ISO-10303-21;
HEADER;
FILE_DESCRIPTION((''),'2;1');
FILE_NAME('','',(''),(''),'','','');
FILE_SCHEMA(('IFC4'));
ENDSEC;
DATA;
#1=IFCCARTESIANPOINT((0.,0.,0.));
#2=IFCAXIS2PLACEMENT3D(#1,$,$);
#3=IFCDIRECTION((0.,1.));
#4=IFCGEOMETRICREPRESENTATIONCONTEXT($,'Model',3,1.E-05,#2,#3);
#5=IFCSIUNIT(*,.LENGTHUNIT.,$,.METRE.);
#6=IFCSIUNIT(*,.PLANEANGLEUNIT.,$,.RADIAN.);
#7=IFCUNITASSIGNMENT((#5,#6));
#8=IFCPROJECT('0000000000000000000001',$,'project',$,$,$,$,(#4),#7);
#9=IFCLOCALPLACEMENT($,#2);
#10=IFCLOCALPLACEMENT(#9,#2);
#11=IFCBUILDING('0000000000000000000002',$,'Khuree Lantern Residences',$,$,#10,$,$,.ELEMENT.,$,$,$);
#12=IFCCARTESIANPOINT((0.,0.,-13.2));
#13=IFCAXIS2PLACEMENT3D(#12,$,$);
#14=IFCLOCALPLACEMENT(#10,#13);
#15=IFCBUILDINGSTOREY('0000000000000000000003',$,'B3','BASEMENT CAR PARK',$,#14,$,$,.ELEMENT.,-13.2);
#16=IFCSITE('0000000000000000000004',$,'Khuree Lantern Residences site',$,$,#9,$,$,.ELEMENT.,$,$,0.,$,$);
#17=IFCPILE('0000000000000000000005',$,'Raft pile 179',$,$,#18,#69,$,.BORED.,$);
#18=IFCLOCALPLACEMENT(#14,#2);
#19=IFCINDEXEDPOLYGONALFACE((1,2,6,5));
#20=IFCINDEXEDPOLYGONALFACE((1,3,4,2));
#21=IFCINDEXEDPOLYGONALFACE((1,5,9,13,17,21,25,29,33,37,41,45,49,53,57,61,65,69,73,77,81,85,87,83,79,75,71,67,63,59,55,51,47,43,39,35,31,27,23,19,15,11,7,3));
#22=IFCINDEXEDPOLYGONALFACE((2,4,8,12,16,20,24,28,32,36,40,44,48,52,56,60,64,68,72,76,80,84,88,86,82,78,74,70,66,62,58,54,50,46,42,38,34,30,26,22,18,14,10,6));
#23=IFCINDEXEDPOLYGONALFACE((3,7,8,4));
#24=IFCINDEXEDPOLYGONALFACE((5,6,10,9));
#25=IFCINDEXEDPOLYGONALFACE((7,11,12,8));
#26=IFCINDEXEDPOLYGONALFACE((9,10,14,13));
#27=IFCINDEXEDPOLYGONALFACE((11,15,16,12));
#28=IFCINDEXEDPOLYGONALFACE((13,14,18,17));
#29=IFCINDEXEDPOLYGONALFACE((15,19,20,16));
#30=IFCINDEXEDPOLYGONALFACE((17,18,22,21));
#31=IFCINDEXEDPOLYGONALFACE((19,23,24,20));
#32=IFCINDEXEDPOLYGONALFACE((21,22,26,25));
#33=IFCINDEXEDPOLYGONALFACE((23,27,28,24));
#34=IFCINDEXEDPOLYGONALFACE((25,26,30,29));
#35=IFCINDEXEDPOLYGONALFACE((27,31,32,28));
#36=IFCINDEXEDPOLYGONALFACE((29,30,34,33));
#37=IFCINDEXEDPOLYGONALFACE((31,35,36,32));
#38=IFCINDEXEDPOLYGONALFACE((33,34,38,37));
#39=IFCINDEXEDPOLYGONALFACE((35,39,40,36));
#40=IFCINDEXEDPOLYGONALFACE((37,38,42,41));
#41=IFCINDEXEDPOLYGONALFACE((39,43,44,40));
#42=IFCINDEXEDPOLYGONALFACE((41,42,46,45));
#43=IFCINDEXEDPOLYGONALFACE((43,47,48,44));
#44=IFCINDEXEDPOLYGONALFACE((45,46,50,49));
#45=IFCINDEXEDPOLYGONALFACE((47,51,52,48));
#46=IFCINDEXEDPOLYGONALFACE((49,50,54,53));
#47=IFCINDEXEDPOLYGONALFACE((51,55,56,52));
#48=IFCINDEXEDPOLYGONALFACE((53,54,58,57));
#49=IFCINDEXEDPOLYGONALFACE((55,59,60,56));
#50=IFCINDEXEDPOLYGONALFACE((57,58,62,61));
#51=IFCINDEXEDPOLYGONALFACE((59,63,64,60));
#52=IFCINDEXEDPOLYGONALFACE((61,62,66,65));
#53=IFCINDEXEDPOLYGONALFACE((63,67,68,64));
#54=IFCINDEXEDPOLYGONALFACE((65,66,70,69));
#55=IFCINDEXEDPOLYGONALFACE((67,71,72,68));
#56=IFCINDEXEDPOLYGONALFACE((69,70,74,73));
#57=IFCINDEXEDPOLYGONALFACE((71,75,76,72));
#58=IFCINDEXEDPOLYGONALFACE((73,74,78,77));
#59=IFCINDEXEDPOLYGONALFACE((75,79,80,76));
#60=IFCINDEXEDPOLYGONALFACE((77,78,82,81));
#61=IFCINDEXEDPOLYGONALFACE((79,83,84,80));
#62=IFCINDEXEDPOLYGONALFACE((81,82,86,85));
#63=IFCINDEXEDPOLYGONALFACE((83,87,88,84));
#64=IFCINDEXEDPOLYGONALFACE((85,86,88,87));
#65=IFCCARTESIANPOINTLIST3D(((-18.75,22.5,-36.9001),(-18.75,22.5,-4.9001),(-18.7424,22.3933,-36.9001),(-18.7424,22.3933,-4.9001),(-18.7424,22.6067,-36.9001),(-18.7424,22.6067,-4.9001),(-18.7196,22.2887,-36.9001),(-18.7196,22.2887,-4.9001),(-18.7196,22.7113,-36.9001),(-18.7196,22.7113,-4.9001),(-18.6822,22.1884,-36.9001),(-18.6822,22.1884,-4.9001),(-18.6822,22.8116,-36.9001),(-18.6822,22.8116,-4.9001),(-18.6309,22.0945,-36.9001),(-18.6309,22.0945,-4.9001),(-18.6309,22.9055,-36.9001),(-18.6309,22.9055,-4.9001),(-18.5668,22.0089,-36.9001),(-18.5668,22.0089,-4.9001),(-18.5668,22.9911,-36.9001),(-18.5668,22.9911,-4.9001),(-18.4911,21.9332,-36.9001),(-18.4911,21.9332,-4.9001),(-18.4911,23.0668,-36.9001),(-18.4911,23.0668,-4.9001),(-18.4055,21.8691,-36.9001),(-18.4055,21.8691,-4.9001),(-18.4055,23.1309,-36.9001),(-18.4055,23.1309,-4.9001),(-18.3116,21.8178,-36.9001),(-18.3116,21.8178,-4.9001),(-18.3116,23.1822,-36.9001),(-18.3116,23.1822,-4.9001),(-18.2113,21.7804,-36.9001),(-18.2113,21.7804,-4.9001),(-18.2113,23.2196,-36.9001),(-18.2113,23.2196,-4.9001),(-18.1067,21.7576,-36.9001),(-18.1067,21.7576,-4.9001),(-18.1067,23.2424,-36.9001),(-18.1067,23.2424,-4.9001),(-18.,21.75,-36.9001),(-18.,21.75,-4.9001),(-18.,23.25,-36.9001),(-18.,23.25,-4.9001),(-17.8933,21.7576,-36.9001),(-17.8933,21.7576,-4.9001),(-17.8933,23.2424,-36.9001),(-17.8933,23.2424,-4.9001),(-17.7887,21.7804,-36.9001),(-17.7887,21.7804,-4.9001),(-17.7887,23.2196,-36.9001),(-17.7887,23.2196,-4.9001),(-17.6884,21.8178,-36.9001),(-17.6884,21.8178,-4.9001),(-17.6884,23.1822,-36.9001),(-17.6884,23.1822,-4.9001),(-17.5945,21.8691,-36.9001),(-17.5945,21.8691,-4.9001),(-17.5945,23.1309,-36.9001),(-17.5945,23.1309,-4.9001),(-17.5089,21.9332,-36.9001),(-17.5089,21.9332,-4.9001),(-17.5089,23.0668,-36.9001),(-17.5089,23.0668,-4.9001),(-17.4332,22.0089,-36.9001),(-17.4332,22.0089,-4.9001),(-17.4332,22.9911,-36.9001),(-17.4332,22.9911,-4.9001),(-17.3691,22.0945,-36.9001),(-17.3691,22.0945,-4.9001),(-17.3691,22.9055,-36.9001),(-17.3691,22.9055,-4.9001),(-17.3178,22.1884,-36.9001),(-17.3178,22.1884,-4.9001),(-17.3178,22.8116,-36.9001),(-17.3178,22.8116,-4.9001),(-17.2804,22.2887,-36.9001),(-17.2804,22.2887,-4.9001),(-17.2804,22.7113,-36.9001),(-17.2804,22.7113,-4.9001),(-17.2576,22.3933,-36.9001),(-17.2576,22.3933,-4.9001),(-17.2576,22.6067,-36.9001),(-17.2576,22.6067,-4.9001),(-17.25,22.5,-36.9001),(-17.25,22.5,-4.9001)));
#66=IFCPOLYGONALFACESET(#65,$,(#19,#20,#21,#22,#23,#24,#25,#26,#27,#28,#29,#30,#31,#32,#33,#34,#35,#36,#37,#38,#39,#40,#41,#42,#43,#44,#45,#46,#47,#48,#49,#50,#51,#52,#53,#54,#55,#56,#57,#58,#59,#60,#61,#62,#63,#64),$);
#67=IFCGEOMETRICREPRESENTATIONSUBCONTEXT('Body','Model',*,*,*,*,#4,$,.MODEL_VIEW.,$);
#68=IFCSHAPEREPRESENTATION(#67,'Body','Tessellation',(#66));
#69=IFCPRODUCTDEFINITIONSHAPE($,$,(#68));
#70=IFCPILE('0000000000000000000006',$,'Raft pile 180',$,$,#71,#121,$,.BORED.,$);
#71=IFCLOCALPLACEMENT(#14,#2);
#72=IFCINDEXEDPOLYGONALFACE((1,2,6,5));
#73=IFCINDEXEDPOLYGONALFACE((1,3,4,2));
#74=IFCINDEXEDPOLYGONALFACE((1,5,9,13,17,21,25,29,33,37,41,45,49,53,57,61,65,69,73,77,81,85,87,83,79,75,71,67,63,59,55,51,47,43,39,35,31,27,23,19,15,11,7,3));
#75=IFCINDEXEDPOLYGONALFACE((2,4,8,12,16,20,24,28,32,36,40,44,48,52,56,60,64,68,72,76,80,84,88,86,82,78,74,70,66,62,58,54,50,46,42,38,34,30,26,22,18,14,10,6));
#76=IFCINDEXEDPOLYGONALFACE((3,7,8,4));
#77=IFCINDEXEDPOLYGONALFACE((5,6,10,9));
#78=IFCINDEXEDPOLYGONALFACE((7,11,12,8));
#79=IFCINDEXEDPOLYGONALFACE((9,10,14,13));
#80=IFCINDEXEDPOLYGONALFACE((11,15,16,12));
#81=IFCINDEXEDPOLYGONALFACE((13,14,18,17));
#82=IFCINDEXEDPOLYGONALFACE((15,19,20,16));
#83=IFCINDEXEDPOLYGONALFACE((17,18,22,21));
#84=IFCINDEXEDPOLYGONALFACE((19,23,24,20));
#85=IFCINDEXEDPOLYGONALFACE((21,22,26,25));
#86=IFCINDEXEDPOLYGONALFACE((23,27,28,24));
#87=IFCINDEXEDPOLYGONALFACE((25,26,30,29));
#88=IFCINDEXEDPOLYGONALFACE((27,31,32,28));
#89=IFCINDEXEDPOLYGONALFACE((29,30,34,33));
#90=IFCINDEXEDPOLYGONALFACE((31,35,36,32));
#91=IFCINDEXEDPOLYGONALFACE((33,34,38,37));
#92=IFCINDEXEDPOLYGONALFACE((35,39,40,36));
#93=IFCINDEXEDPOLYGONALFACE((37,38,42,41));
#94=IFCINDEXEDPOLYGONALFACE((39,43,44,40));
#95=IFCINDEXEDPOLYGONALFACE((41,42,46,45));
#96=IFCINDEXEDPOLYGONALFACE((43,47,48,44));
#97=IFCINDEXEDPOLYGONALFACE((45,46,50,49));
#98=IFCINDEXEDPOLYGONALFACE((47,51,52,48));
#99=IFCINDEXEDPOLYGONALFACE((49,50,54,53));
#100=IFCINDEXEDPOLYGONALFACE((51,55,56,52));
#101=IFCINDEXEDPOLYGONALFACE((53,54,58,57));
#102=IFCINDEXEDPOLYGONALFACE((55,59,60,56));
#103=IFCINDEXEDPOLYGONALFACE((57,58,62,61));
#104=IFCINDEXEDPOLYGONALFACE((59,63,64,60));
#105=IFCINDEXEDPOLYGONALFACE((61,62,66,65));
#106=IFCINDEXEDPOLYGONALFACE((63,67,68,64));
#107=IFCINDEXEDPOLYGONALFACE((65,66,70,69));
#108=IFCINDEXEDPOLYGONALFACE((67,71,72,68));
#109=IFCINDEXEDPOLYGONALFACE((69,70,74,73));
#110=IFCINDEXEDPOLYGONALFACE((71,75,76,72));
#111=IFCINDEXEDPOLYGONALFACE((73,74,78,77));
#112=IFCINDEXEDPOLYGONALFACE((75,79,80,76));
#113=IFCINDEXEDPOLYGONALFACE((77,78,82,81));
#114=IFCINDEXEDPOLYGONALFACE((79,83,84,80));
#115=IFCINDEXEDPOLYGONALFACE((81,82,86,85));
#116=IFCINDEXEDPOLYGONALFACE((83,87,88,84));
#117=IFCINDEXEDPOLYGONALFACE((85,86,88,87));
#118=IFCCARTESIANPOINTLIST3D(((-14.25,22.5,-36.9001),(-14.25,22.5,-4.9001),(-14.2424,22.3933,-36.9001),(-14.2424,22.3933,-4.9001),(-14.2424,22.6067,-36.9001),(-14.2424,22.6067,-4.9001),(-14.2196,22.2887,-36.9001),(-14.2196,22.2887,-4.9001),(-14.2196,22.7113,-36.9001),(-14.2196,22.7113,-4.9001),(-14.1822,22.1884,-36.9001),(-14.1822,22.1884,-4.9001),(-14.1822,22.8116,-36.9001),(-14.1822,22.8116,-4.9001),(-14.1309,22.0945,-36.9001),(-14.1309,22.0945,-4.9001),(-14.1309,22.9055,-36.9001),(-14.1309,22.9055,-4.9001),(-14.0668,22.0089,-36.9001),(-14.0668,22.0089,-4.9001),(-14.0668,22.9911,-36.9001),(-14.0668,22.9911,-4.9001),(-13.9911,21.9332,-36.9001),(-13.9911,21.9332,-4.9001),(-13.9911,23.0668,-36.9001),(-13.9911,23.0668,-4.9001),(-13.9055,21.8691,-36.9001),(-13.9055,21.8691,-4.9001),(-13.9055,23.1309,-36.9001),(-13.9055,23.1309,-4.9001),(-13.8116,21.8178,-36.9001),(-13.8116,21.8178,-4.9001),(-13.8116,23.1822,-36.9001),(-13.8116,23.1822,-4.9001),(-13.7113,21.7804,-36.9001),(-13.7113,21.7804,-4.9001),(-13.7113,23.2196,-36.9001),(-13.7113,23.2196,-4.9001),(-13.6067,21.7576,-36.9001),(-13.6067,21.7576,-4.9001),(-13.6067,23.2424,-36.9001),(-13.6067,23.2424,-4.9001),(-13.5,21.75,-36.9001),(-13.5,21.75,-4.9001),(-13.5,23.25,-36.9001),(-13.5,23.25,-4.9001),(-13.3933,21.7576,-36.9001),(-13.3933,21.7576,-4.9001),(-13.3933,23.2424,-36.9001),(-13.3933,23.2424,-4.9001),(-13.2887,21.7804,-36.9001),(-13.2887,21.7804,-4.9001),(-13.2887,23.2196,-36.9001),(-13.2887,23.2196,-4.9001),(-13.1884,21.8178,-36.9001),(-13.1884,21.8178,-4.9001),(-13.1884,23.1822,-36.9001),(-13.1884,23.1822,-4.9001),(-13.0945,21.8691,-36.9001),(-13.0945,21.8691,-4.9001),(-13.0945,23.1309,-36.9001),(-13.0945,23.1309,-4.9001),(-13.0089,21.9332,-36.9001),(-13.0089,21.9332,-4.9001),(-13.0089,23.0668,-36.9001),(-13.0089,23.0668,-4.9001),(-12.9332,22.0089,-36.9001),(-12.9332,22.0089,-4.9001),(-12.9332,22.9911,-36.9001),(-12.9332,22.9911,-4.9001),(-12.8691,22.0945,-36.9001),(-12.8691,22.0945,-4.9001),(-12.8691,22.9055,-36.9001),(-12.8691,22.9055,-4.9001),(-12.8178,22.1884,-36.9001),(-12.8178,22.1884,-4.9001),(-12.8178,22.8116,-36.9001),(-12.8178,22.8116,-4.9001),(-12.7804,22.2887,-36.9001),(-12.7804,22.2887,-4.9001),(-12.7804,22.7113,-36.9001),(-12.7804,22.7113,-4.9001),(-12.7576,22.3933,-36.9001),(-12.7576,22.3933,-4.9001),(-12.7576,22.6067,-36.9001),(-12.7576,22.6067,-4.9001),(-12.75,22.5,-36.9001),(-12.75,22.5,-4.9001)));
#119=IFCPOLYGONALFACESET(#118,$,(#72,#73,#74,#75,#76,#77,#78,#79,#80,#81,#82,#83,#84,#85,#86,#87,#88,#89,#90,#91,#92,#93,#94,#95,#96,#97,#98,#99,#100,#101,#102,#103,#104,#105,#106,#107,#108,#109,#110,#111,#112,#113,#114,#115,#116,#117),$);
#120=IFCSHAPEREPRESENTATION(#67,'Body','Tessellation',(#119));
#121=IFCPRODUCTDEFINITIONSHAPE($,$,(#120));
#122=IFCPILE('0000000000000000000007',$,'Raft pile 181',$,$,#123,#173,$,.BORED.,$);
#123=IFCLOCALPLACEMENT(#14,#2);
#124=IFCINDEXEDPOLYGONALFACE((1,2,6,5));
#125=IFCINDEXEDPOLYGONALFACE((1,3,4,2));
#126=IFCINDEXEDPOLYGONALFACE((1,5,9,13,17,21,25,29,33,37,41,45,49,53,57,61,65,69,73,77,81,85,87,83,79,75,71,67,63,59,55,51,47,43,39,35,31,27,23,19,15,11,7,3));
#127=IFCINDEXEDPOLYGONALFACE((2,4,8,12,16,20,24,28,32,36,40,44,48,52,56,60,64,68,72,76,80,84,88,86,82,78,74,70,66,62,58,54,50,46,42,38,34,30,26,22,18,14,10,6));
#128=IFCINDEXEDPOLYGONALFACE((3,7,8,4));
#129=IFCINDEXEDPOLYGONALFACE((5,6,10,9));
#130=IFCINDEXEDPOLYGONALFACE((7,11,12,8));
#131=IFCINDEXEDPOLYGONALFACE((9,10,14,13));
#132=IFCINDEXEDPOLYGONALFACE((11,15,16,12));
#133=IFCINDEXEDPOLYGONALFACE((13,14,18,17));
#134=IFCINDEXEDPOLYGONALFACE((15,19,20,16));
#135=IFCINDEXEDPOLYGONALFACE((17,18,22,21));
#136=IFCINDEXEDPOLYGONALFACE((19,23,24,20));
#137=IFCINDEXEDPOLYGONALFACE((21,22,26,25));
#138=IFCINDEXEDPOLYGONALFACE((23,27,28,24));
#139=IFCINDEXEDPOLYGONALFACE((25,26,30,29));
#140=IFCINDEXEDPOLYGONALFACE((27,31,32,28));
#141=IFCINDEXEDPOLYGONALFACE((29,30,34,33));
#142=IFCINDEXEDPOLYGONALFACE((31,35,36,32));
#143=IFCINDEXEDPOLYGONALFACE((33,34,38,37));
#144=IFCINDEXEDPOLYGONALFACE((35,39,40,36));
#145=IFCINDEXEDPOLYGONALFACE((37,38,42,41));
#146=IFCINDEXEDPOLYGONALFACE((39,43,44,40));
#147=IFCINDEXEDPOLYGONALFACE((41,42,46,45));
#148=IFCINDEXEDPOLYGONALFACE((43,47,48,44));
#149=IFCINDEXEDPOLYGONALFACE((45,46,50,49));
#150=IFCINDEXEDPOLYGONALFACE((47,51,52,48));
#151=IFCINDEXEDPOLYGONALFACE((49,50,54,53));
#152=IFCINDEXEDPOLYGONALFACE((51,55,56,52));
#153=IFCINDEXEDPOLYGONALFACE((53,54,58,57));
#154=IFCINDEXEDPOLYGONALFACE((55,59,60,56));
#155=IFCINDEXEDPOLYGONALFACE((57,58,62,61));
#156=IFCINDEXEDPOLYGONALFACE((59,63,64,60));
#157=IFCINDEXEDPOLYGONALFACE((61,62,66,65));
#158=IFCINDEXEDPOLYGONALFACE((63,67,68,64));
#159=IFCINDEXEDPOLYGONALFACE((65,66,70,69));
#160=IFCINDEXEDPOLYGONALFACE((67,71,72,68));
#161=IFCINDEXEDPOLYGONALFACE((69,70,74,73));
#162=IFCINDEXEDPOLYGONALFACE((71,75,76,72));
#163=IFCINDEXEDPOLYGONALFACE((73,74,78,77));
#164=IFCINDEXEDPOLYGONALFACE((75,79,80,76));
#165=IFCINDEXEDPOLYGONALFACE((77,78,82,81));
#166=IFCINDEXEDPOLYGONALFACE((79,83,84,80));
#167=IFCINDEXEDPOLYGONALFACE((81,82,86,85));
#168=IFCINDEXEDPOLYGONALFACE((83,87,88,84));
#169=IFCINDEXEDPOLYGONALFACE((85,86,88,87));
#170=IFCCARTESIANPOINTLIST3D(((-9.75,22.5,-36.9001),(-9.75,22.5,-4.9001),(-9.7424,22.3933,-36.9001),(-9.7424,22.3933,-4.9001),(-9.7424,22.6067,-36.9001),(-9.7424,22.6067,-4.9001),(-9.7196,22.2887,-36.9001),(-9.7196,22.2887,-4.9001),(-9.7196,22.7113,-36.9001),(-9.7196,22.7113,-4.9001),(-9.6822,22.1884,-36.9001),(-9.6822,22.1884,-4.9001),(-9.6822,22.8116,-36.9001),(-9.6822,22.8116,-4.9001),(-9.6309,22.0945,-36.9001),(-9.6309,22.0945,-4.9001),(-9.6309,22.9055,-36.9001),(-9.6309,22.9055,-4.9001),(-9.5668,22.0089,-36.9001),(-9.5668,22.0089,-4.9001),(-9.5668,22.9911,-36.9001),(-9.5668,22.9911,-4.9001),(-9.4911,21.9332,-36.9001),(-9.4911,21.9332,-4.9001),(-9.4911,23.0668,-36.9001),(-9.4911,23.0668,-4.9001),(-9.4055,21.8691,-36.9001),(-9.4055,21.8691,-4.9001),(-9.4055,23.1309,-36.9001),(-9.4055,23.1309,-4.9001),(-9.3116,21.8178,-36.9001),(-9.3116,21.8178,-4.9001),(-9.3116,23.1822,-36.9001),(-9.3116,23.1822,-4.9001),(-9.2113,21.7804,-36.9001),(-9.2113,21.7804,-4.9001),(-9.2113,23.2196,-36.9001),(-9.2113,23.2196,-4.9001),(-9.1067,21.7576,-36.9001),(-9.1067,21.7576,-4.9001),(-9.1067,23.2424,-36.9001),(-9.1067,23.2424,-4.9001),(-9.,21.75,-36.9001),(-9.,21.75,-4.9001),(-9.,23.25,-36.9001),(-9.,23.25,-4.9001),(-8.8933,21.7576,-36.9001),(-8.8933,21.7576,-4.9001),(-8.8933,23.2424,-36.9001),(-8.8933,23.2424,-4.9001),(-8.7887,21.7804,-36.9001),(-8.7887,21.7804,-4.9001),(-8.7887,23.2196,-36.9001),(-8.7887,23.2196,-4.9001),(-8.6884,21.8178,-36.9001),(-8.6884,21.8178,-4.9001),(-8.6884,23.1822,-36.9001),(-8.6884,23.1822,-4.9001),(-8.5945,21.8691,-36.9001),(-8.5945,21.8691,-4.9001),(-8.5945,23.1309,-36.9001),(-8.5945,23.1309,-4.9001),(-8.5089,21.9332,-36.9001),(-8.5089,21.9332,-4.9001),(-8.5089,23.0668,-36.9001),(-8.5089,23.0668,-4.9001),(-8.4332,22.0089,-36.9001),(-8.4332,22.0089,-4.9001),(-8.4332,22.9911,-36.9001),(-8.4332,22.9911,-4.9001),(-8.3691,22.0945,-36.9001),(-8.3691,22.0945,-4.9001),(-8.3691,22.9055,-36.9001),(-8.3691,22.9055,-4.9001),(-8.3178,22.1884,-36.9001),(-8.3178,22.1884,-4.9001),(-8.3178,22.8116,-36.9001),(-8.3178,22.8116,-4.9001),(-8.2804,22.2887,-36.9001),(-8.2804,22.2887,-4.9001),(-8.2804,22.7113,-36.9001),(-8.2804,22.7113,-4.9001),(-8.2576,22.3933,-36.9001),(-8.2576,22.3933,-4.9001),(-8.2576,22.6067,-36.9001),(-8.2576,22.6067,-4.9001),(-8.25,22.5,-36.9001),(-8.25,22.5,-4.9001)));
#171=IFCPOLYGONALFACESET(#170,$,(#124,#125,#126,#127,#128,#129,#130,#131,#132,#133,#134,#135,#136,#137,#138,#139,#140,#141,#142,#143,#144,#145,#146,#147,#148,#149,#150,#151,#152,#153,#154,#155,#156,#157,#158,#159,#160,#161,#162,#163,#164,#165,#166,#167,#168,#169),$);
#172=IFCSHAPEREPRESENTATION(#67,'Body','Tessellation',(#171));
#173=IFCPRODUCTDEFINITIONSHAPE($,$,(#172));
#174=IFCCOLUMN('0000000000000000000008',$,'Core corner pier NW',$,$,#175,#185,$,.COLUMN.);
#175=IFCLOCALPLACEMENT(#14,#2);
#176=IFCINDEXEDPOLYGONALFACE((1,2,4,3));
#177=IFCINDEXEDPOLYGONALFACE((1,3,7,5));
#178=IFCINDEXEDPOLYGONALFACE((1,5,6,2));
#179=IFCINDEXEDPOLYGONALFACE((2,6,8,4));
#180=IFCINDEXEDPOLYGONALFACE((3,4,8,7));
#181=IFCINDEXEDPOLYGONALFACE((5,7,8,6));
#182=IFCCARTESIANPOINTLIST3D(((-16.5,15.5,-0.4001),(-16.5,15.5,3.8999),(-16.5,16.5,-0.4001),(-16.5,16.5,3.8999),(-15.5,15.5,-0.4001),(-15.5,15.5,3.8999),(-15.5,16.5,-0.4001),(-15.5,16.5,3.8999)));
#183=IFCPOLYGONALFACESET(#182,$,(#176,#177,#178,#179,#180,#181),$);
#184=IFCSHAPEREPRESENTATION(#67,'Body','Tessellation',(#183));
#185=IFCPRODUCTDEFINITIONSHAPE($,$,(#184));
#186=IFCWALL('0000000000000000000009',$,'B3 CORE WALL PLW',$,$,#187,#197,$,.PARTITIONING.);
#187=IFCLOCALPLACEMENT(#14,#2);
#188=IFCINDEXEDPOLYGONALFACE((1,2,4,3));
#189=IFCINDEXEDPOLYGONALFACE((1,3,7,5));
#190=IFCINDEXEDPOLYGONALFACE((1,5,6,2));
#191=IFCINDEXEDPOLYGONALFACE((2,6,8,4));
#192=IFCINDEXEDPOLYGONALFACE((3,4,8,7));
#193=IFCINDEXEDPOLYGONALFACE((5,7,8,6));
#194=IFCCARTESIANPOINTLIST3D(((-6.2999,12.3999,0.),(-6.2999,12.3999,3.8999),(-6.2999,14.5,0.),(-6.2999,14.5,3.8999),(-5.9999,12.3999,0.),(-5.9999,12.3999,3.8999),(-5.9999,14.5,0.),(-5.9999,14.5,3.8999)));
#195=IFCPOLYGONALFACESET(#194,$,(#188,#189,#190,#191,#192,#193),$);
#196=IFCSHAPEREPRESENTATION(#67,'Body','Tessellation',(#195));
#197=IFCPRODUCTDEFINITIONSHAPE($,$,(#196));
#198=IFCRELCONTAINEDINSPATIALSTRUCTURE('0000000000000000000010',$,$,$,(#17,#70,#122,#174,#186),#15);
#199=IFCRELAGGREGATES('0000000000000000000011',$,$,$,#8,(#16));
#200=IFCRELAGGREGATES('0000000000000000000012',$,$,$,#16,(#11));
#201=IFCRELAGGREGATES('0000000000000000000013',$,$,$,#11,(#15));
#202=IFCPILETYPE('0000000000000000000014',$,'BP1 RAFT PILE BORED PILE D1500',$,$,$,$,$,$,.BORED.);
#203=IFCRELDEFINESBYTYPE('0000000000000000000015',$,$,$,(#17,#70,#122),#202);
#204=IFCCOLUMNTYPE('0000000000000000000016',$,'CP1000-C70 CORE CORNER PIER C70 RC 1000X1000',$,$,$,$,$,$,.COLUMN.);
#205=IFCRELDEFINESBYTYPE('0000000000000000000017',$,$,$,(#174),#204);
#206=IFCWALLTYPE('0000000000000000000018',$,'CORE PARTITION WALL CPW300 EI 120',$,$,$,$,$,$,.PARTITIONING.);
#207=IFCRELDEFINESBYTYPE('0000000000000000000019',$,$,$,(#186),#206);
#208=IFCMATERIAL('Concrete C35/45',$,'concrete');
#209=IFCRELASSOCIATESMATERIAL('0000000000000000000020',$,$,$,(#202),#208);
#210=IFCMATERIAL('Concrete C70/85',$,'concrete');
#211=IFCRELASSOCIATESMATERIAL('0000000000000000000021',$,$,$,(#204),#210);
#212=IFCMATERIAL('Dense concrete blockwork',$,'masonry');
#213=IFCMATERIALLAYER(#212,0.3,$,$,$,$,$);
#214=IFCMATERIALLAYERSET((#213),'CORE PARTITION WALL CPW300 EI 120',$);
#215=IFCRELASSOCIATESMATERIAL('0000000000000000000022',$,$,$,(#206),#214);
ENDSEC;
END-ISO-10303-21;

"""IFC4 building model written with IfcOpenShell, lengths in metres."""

from ifc_helpers import new_model, si_unit, direction, frame, frame_2d, origin, origin_2d, place, context, subcontext, project, spatial, rectangle, circle, extrude, material, layer, layer_set, material_profile, profile_set, type_object, element, save


model = new_model("IFC4")

# Units and contexts
model_context = context("Model", 3, precision=1e-05, world=origin(), true_north=direction((0.0, 1.0)))
body_context = subcontext(model_context, "Body", "Model", "MODEL_VIEW")
ifc_project = project(units=[si_unit("LENGTHUNIT", "METRE"), si_unit("PLANEANGLEUNIT", "RADIAN")], contexts=[model_context])

# Site, building, storey
site_placement = place(None, origin())
site = spatial("IfcSite", under=ifc_project, at=site_placement, Name="Khuree Lantern Residences site", CompositionType="ELEMENT", RefElevation=0.0)
building_placement = place(site_placement, origin())
building = spatial("IfcBuilding", under=site, at=building_placement, Name="Khuree Lantern Residences", CompositionType="ELEMENT")
storey_placement = place(building_placement, frame((0.0, 0.0, -13.2)))
storey = spatial("IfcBuildingStorey", under=building, at=storey_placement, Name="B3", Description="BASEMENT CAR PARK", CompositionType="ELEMENT", Elevation=-13.2)

# Piles
ifc_material_1 = material(Name="Concrete C35/45", Category="concrete")
ifc_material_profile_1 = material_profile(ifc_material_1, circle(Radius=0.75, at=origin_2d()), Name="BORED PILE D1500")
ifc_profile_set_1 = profile_set([ifc_material_profile_1], Name="Concrete C35/45")
pile_type = type_object("IfcPileType", Name="BP1 RAFT PILE BORED PILE D1500", PredefinedType="BORED", material=ifc_profile_set_1)
for number, where, z_axis, x_axis, name in (
    (1, (-18.0, 22.5, -4.9001), (0.0, 0.0, -1.0), (1.0, 0.0, 0.0), "Raft pile 179"),
    (2, (-13.5, 22.5, -4.9001), (0.0, 0.0, -1.0), (1.0, 0.0, 0.0), "Raft pile 180"),
    (3, (-9.0, 22.5, -4.9001), (0.0, 0.0, -1.0), (1.0, 0.0, 0.0), "Raft pile 181"),
):
    element("IfcPile", number, at=place(storey_placement, frame(where, z_axis=z_axis, x_axis=x_axis)), inside=storey, type_object=pile_type, Name=name, PredefinedType="BORED", context=body_context, shape_type="SweptSolid", body=[
        extrude(circle(Radius=0.75, at=origin_2d()), origin(), (0.0, 0.0, 1.0), 32.0),
    ])

# Column
ifc_material_2 = material(Name="Concrete C70/85", Category="concrete")
ifc_material_profile_2 = material_profile(ifc_material_2, rectangle(XDim=1.0, YDim=1.0, at=origin_2d()), Name="RC 1000X1000")
ifc_profile_set_2 = profile_set([ifc_material_profile_2], Name="Concrete C70/85")
column_type = type_object("IfcColumnType", Name="CP1000-C70 CORE CORNER PIER C70 RC 1000X1000", PredefinedType="COLUMN", material=ifc_profile_set_2)
column_placement = place(storey_placement, frame((-16.0, 16.0, -0.4001), z_axis=(0.0, 0.0, 1.0), x_axis=(1.0, 0.0, 0.0)))
element("IfcColumn", 4, at=column_placement, inside=storey, type_object=column_type, Name="Core corner pier NW", PredefinedType="COLUMN", context=body_context, shape_type="SweptSolid", body=[
    extrude(rectangle(XDim=1.0, YDim=1.0, at=origin_2d()), origin(), (0.0, 0.0, 1.0), 4.3),
])

# Wall
ifc_material_3 = material(Name="Dense concrete blockwork", Category="masonry")
ifc_layer_1 = layer(ifc_material_3, 0.3)
ifc_layer_set_1 = layer_set([ifc_layer_1], Name="CORE PARTITION WALL CPW300 EI 120")
wall_type_1 = type_object("IfcWallType", Name="CORE PARTITION WALL CPW300 EI 120", PredefinedType="PARTITIONING", material=ifc_layer_set_1)
wall_1_placement = place(storey_placement, frame((-6.1499, 12.3999, 0.0), z_axis=(0.0, 0.0, 1.0), x_axis=(0.0, 1.0, 0.0)))
element("IfcWall", 5, at=wall_1_placement, inside=storey, type_object=wall_type_1, Name="B3 CORE WALL PLW", PredefinedType="PARTITIONING", context=body_context, shape_type="SweptSolid", body=[
    extrude(rectangle(XDim=2.1001, YDim=0.3, at=frame_2d((1.05, 0.0))), origin(), (0.0, 0.0, 1.0), 3.8999),
])

save(model, "model.ifc")
